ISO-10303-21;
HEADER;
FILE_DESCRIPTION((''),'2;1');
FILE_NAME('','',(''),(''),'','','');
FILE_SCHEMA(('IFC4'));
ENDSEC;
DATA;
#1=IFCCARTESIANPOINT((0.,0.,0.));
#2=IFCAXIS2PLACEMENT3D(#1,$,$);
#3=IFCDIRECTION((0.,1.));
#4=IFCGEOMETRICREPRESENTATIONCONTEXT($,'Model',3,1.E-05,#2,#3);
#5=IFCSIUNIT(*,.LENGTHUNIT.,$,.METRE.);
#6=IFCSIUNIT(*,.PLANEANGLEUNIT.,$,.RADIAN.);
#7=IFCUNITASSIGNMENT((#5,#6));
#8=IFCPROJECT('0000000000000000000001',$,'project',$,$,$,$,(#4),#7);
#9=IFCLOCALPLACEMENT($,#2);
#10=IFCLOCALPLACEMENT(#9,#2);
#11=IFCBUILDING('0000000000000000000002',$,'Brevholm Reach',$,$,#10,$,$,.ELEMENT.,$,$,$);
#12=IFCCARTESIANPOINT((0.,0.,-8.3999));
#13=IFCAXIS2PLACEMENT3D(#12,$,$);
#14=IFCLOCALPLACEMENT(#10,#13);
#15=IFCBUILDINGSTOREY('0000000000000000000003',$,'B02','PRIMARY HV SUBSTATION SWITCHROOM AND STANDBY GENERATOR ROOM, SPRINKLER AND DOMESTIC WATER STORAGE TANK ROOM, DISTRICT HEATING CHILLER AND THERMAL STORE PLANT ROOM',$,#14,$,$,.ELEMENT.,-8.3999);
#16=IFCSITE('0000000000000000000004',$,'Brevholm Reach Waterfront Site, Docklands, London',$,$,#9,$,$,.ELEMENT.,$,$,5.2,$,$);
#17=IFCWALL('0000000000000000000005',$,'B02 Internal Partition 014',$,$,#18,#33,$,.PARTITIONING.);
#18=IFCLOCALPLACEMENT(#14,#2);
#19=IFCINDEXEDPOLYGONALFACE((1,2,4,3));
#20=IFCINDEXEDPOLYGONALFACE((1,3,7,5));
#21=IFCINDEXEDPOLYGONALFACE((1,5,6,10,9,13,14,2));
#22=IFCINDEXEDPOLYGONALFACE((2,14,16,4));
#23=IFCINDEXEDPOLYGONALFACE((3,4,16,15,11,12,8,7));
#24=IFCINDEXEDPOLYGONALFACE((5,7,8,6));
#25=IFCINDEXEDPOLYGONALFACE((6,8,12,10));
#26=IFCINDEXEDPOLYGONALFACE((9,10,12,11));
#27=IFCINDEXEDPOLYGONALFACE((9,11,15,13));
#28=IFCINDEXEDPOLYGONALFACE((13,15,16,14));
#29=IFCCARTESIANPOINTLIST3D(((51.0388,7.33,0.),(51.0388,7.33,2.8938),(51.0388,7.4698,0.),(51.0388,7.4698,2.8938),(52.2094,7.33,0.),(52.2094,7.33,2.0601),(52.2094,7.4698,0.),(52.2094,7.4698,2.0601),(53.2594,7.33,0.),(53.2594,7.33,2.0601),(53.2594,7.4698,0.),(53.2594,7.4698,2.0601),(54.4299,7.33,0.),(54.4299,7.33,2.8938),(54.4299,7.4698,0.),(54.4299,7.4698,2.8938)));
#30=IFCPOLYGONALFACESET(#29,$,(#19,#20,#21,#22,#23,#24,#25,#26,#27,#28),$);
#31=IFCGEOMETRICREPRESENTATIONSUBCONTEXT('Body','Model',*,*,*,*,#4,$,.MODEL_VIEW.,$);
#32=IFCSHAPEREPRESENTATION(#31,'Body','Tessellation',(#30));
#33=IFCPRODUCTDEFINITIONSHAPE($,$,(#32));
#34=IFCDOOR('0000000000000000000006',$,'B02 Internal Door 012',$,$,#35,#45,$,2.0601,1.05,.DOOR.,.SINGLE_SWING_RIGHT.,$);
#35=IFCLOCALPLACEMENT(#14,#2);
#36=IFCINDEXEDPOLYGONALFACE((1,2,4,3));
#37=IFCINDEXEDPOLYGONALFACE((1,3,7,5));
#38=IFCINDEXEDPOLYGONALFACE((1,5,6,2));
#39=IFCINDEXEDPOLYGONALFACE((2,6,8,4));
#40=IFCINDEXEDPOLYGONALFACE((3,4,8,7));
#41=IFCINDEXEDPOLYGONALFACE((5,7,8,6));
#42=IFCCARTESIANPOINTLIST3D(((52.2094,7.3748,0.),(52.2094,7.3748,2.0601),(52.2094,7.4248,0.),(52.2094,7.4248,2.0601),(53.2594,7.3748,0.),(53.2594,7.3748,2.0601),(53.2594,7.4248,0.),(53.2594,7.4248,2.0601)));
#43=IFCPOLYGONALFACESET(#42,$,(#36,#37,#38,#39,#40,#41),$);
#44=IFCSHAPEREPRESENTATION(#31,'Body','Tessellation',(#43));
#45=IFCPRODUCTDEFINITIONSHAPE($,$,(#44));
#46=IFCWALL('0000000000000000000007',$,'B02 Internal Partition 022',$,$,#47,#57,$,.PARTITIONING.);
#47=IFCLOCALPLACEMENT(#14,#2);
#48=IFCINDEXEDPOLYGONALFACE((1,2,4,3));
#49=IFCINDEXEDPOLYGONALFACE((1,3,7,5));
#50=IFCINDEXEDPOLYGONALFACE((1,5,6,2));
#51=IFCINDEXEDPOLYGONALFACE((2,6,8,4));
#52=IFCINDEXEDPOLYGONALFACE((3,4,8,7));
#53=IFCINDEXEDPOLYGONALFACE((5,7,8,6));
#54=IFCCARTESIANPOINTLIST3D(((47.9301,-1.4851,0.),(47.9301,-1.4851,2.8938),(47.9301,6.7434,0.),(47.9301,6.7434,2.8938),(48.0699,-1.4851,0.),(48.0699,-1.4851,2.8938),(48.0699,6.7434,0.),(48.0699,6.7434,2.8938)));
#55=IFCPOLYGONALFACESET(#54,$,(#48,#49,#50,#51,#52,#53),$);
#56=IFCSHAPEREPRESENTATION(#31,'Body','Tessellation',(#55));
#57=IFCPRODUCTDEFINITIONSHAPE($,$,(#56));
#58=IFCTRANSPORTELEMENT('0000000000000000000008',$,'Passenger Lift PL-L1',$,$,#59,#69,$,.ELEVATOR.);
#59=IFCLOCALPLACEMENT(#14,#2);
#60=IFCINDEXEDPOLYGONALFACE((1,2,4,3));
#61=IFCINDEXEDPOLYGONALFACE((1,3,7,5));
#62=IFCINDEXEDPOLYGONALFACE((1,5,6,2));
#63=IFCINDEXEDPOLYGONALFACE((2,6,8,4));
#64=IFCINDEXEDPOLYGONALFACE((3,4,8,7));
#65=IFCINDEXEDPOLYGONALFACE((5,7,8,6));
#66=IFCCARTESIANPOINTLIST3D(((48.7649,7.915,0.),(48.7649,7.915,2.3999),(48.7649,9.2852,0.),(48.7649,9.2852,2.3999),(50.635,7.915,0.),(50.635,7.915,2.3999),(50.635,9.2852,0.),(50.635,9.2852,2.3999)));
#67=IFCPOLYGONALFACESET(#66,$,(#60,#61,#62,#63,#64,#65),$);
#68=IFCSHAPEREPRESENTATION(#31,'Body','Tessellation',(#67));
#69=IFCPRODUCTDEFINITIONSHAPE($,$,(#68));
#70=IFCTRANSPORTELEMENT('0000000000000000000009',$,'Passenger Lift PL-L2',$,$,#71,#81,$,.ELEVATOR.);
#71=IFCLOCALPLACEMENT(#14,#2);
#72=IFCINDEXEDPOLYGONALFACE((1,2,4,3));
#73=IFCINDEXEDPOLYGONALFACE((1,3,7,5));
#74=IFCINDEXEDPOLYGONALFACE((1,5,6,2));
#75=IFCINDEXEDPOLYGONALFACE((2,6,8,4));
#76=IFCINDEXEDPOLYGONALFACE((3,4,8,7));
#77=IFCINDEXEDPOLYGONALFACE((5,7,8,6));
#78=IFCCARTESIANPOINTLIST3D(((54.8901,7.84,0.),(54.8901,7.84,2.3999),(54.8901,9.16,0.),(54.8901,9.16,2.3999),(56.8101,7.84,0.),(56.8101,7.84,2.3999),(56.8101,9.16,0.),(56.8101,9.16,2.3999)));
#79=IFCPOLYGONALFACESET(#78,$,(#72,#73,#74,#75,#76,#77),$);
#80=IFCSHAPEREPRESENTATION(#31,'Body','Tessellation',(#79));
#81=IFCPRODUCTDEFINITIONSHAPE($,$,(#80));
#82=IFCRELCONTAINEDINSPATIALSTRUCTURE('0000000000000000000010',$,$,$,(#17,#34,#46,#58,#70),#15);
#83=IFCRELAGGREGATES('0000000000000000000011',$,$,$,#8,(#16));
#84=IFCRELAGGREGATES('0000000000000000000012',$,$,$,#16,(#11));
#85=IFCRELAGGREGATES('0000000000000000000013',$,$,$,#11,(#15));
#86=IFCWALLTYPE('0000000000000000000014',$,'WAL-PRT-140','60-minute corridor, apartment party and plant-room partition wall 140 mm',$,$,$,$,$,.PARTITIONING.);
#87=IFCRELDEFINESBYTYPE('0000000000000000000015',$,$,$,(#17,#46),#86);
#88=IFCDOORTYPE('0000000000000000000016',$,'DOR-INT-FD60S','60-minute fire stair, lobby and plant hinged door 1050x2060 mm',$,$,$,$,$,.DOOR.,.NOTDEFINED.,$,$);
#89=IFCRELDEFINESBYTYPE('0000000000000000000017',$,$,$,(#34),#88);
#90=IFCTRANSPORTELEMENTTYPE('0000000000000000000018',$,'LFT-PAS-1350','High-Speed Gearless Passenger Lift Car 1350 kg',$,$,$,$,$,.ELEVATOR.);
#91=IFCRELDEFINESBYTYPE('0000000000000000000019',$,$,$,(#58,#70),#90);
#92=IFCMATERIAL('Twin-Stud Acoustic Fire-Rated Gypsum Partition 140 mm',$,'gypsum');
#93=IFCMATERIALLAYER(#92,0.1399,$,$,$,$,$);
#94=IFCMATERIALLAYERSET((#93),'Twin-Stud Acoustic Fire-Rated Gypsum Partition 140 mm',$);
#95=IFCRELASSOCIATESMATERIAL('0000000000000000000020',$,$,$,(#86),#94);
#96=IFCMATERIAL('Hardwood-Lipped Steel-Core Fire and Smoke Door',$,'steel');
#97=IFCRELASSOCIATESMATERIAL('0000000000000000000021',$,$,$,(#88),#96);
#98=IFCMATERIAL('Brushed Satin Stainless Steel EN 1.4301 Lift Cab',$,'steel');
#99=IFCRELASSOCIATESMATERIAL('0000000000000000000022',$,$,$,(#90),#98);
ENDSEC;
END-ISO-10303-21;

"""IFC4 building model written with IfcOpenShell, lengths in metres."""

from ifc_helpers import new_model, si_unit, direction, frame, frame_2d, origin, origin_2d, place, context, subcontext, project, spatial, rectangle, extrude, material, layer, layer_set, type_object, element, fill, save


model = new_model("IFC4")

# Units and contexts
model_context = context("Model", 3, precision=1e-05, world=origin(), true_north=direction((0.0, 1.0)))
body_context = subcontext(model_context, "Body", "Model", "MODEL_VIEW")
ifc_project = project(units=[si_unit("LENGTHUNIT", "METRE"), si_unit("PLANEANGLEUNIT", "RADIAN")], contexts=[model_context])

# Site, building, storey
site_placement = place(None, origin())
site = spatial("IfcSite", under=ifc_project, at=site_placement, Name="Brevholm Reach Waterfront Site, Docklands, London", CompositionType="ELEMENT", RefElevation=5.2)
building_placement = place(site_placement, origin())
building = spatial("IfcBuilding", under=site, at=building_placement, Name="Brevholm Reach", CompositionType="ELEMENT")
storey_placement = place(building_placement, frame((0.0, 0.0, -8.3999)))
storey = spatial("IfcBuildingStorey", under=building, at=storey_placement, Name="B02", Description="PRIMARY HV SUBSTATION SWITCHROOM AND STANDBY GENERATOR ROOM, SPRINKLER AND DOMESTIC WATER STORAGE TANK ROOM, DISTRICT HEATING CHILLER AND THERMAL STORE PLANT ROOM", CompositionType="ELEMENT", Elevation=-8.3999)

# Wall, opening, door
ifc_material_1 = material(Name="Twin-Stud Acoustic Fire-Rated Gypsum Partition 140 mm", Category="gypsum")
ifc_layer_1 = layer(ifc_material_1, 0.1399)
ifc_layer_set_1 = layer_set([ifc_layer_1], Name="Twin-Stud Acoustic Fire-Rated Gypsum Partition 140 mm")
wall_type_1 = type_object("IfcWallType", Name="WAL-PRT-140", Description="60-minute corridor, apartment party and plant-room partition wall 140 mm", PredefinedType="PARTITIONING", material=ifc_layer_set_1)
wall_1_placement = place(storey_placement, frame((51.0388, 7.3999, 0.0), z_axis=(0.0, 0.0, 1.0), x_axis=(1.0, 0.0, 0.0)))
wall_1 = element("IfcWall", 1, at=wall_1_placement, inside=storey, type_object=wall_type_1, Name="B02 Internal Partition 014", PredefinedType="PARTITIONING", context=body_context, shape_type="SweptSolid", body=[
    extrude(rectangle(XDim=3.3911, YDim=0.1399, at=frame_2d((1.6956, 0.0))), origin(), (0.0, 0.0, 1.0), 2.8938),
])
opening_1_placement = place(wall_1_placement, frame((1.1707, 0.0, 0.0)))
opening_1 = element("IfcOpeningElement", 2, at=opening_1_placement, cuts=wall_1, PredefinedType="OPENING", context=body_context, shape_type="SweptSolid", body=[
    extrude(rectangle(XDim=1.05, YDim=2.0601, at=frame_2d((0.5249, 1.03))), frame((0.0, 0.0798, 0.0), z_axis=(0.0, -1.0, 0.0), x_axis=(1.0, 0.0, 0.0)), (0.0, 0.0, 1.0), 0.1599),
])
ifc_material_2 = material(Name="Hardwood-Lipped Steel-Core Fire and Smoke Door", Category="steel")
door_type_1 = type_object("IfcDoorType", Name="DOR-INT-FD60S", Description="60-minute fire stair, lobby and plant hinged door 1050x2060 mm", OperationType="NOTDEFINED", PredefinedType="DOOR", material=ifc_material_2)
door_1_placement = place(opening_1_placement, origin())
door_1 = element("IfcDoor", 3, at=door_1_placement, inside=storey, type_object=door_type_1, Name="B02 Internal Door 012", OperationType="SINGLE_SWING_RIGHT", OverallHeight=2.0601, OverallWidth=1.05, PredefinedType="DOOR", context=body_context, shape_type="SweptSolid", body=[
    extrude(rectangle(XDim=1.05, YDim=2.0601, at=frame_2d((0.5249, 1.03))), frame((0.0, 0.0249, 0.0), z_axis=(0.0, -1.0, 0.0), x_axis=(1.0, 0.0, 0.0)), (0.0, 0.0, 1.0), 0.05),
])
fill(opening_1, door_1)

# Wall
wall_2_placement = place(storey_placement, frame((48.0, -1.4851, 0.0), z_axis=(0.0, 0.0, 1.0), x_axis=(0.0, 1.0, 0.0)))
element("IfcWall", 4, at=wall_2_placement, inside=storey, type_object=wall_type_1, Name="B02 Internal Partition 022", PredefinedType="PARTITIONING", context=body_context, shape_type="SweptSolid", body=[
    extrude(rectangle(XDim=8.2285, YDim=0.1399, at=frame_2d((4.1143, 0.0))), origin(), (0.0, 0.0, 1.0), 2.8938),
])

# Transport elements
ifc_material_3 = material(Name="Brushed Satin Stainless Steel EN 1.4301 Lift Cab", Category="steel")
transport_element_type = type_object("IfcTransportElementType", Name="LFT-PAS-1350", Description="High-Speed Gearless Passenger Lift Car 1350 kg", PredefinedType="ELEVATOR", material=ifc_material_3)
transport_element_1_placement = place(storey_placement, frame((49.7, 8.6001, 0.0), z_axis=(0.0, 0.0, 1.0), x_axis=(1.0, 0.0, 0.0)))
element("IfcTransportElement", 5, at=transport_element_1_placement, inside=storey, type_object=transport_element_type, Name="Passenger Lift PL-L1", PredefinedType="ELEVATOR", context=body_context, shape_type="SweptSolid", body=[
    extrude(rectangle(XDim=1.8701, YDim=1.3701, at=origin_2d()), origin(), (0.0, 0.0, 1.0), 2.3999),
])
transport_element_2_placement = place(storey_placement, frame((55.8501, 8.5, 0.0), z_axis=(0.0, 0.0, 1.0), x_axis=(1.0, 0.0, 0.0)))
element("IfcTransportElement", 6, at=transport_element_2_placement, inside=storey, type_object=transport_element_type, Name="Passenger Lift PL-L2", PredefinedType="ELEVATOR", context=body_context, shape_type="SweptSolid", body=[
    extrude(rectangle(XDim=1.9199, YDim=1.3201, at=origin_2d()), origin(), (0.0, 0.0, 1.0), 2.3999),
])

save(model, "model.ifc")
